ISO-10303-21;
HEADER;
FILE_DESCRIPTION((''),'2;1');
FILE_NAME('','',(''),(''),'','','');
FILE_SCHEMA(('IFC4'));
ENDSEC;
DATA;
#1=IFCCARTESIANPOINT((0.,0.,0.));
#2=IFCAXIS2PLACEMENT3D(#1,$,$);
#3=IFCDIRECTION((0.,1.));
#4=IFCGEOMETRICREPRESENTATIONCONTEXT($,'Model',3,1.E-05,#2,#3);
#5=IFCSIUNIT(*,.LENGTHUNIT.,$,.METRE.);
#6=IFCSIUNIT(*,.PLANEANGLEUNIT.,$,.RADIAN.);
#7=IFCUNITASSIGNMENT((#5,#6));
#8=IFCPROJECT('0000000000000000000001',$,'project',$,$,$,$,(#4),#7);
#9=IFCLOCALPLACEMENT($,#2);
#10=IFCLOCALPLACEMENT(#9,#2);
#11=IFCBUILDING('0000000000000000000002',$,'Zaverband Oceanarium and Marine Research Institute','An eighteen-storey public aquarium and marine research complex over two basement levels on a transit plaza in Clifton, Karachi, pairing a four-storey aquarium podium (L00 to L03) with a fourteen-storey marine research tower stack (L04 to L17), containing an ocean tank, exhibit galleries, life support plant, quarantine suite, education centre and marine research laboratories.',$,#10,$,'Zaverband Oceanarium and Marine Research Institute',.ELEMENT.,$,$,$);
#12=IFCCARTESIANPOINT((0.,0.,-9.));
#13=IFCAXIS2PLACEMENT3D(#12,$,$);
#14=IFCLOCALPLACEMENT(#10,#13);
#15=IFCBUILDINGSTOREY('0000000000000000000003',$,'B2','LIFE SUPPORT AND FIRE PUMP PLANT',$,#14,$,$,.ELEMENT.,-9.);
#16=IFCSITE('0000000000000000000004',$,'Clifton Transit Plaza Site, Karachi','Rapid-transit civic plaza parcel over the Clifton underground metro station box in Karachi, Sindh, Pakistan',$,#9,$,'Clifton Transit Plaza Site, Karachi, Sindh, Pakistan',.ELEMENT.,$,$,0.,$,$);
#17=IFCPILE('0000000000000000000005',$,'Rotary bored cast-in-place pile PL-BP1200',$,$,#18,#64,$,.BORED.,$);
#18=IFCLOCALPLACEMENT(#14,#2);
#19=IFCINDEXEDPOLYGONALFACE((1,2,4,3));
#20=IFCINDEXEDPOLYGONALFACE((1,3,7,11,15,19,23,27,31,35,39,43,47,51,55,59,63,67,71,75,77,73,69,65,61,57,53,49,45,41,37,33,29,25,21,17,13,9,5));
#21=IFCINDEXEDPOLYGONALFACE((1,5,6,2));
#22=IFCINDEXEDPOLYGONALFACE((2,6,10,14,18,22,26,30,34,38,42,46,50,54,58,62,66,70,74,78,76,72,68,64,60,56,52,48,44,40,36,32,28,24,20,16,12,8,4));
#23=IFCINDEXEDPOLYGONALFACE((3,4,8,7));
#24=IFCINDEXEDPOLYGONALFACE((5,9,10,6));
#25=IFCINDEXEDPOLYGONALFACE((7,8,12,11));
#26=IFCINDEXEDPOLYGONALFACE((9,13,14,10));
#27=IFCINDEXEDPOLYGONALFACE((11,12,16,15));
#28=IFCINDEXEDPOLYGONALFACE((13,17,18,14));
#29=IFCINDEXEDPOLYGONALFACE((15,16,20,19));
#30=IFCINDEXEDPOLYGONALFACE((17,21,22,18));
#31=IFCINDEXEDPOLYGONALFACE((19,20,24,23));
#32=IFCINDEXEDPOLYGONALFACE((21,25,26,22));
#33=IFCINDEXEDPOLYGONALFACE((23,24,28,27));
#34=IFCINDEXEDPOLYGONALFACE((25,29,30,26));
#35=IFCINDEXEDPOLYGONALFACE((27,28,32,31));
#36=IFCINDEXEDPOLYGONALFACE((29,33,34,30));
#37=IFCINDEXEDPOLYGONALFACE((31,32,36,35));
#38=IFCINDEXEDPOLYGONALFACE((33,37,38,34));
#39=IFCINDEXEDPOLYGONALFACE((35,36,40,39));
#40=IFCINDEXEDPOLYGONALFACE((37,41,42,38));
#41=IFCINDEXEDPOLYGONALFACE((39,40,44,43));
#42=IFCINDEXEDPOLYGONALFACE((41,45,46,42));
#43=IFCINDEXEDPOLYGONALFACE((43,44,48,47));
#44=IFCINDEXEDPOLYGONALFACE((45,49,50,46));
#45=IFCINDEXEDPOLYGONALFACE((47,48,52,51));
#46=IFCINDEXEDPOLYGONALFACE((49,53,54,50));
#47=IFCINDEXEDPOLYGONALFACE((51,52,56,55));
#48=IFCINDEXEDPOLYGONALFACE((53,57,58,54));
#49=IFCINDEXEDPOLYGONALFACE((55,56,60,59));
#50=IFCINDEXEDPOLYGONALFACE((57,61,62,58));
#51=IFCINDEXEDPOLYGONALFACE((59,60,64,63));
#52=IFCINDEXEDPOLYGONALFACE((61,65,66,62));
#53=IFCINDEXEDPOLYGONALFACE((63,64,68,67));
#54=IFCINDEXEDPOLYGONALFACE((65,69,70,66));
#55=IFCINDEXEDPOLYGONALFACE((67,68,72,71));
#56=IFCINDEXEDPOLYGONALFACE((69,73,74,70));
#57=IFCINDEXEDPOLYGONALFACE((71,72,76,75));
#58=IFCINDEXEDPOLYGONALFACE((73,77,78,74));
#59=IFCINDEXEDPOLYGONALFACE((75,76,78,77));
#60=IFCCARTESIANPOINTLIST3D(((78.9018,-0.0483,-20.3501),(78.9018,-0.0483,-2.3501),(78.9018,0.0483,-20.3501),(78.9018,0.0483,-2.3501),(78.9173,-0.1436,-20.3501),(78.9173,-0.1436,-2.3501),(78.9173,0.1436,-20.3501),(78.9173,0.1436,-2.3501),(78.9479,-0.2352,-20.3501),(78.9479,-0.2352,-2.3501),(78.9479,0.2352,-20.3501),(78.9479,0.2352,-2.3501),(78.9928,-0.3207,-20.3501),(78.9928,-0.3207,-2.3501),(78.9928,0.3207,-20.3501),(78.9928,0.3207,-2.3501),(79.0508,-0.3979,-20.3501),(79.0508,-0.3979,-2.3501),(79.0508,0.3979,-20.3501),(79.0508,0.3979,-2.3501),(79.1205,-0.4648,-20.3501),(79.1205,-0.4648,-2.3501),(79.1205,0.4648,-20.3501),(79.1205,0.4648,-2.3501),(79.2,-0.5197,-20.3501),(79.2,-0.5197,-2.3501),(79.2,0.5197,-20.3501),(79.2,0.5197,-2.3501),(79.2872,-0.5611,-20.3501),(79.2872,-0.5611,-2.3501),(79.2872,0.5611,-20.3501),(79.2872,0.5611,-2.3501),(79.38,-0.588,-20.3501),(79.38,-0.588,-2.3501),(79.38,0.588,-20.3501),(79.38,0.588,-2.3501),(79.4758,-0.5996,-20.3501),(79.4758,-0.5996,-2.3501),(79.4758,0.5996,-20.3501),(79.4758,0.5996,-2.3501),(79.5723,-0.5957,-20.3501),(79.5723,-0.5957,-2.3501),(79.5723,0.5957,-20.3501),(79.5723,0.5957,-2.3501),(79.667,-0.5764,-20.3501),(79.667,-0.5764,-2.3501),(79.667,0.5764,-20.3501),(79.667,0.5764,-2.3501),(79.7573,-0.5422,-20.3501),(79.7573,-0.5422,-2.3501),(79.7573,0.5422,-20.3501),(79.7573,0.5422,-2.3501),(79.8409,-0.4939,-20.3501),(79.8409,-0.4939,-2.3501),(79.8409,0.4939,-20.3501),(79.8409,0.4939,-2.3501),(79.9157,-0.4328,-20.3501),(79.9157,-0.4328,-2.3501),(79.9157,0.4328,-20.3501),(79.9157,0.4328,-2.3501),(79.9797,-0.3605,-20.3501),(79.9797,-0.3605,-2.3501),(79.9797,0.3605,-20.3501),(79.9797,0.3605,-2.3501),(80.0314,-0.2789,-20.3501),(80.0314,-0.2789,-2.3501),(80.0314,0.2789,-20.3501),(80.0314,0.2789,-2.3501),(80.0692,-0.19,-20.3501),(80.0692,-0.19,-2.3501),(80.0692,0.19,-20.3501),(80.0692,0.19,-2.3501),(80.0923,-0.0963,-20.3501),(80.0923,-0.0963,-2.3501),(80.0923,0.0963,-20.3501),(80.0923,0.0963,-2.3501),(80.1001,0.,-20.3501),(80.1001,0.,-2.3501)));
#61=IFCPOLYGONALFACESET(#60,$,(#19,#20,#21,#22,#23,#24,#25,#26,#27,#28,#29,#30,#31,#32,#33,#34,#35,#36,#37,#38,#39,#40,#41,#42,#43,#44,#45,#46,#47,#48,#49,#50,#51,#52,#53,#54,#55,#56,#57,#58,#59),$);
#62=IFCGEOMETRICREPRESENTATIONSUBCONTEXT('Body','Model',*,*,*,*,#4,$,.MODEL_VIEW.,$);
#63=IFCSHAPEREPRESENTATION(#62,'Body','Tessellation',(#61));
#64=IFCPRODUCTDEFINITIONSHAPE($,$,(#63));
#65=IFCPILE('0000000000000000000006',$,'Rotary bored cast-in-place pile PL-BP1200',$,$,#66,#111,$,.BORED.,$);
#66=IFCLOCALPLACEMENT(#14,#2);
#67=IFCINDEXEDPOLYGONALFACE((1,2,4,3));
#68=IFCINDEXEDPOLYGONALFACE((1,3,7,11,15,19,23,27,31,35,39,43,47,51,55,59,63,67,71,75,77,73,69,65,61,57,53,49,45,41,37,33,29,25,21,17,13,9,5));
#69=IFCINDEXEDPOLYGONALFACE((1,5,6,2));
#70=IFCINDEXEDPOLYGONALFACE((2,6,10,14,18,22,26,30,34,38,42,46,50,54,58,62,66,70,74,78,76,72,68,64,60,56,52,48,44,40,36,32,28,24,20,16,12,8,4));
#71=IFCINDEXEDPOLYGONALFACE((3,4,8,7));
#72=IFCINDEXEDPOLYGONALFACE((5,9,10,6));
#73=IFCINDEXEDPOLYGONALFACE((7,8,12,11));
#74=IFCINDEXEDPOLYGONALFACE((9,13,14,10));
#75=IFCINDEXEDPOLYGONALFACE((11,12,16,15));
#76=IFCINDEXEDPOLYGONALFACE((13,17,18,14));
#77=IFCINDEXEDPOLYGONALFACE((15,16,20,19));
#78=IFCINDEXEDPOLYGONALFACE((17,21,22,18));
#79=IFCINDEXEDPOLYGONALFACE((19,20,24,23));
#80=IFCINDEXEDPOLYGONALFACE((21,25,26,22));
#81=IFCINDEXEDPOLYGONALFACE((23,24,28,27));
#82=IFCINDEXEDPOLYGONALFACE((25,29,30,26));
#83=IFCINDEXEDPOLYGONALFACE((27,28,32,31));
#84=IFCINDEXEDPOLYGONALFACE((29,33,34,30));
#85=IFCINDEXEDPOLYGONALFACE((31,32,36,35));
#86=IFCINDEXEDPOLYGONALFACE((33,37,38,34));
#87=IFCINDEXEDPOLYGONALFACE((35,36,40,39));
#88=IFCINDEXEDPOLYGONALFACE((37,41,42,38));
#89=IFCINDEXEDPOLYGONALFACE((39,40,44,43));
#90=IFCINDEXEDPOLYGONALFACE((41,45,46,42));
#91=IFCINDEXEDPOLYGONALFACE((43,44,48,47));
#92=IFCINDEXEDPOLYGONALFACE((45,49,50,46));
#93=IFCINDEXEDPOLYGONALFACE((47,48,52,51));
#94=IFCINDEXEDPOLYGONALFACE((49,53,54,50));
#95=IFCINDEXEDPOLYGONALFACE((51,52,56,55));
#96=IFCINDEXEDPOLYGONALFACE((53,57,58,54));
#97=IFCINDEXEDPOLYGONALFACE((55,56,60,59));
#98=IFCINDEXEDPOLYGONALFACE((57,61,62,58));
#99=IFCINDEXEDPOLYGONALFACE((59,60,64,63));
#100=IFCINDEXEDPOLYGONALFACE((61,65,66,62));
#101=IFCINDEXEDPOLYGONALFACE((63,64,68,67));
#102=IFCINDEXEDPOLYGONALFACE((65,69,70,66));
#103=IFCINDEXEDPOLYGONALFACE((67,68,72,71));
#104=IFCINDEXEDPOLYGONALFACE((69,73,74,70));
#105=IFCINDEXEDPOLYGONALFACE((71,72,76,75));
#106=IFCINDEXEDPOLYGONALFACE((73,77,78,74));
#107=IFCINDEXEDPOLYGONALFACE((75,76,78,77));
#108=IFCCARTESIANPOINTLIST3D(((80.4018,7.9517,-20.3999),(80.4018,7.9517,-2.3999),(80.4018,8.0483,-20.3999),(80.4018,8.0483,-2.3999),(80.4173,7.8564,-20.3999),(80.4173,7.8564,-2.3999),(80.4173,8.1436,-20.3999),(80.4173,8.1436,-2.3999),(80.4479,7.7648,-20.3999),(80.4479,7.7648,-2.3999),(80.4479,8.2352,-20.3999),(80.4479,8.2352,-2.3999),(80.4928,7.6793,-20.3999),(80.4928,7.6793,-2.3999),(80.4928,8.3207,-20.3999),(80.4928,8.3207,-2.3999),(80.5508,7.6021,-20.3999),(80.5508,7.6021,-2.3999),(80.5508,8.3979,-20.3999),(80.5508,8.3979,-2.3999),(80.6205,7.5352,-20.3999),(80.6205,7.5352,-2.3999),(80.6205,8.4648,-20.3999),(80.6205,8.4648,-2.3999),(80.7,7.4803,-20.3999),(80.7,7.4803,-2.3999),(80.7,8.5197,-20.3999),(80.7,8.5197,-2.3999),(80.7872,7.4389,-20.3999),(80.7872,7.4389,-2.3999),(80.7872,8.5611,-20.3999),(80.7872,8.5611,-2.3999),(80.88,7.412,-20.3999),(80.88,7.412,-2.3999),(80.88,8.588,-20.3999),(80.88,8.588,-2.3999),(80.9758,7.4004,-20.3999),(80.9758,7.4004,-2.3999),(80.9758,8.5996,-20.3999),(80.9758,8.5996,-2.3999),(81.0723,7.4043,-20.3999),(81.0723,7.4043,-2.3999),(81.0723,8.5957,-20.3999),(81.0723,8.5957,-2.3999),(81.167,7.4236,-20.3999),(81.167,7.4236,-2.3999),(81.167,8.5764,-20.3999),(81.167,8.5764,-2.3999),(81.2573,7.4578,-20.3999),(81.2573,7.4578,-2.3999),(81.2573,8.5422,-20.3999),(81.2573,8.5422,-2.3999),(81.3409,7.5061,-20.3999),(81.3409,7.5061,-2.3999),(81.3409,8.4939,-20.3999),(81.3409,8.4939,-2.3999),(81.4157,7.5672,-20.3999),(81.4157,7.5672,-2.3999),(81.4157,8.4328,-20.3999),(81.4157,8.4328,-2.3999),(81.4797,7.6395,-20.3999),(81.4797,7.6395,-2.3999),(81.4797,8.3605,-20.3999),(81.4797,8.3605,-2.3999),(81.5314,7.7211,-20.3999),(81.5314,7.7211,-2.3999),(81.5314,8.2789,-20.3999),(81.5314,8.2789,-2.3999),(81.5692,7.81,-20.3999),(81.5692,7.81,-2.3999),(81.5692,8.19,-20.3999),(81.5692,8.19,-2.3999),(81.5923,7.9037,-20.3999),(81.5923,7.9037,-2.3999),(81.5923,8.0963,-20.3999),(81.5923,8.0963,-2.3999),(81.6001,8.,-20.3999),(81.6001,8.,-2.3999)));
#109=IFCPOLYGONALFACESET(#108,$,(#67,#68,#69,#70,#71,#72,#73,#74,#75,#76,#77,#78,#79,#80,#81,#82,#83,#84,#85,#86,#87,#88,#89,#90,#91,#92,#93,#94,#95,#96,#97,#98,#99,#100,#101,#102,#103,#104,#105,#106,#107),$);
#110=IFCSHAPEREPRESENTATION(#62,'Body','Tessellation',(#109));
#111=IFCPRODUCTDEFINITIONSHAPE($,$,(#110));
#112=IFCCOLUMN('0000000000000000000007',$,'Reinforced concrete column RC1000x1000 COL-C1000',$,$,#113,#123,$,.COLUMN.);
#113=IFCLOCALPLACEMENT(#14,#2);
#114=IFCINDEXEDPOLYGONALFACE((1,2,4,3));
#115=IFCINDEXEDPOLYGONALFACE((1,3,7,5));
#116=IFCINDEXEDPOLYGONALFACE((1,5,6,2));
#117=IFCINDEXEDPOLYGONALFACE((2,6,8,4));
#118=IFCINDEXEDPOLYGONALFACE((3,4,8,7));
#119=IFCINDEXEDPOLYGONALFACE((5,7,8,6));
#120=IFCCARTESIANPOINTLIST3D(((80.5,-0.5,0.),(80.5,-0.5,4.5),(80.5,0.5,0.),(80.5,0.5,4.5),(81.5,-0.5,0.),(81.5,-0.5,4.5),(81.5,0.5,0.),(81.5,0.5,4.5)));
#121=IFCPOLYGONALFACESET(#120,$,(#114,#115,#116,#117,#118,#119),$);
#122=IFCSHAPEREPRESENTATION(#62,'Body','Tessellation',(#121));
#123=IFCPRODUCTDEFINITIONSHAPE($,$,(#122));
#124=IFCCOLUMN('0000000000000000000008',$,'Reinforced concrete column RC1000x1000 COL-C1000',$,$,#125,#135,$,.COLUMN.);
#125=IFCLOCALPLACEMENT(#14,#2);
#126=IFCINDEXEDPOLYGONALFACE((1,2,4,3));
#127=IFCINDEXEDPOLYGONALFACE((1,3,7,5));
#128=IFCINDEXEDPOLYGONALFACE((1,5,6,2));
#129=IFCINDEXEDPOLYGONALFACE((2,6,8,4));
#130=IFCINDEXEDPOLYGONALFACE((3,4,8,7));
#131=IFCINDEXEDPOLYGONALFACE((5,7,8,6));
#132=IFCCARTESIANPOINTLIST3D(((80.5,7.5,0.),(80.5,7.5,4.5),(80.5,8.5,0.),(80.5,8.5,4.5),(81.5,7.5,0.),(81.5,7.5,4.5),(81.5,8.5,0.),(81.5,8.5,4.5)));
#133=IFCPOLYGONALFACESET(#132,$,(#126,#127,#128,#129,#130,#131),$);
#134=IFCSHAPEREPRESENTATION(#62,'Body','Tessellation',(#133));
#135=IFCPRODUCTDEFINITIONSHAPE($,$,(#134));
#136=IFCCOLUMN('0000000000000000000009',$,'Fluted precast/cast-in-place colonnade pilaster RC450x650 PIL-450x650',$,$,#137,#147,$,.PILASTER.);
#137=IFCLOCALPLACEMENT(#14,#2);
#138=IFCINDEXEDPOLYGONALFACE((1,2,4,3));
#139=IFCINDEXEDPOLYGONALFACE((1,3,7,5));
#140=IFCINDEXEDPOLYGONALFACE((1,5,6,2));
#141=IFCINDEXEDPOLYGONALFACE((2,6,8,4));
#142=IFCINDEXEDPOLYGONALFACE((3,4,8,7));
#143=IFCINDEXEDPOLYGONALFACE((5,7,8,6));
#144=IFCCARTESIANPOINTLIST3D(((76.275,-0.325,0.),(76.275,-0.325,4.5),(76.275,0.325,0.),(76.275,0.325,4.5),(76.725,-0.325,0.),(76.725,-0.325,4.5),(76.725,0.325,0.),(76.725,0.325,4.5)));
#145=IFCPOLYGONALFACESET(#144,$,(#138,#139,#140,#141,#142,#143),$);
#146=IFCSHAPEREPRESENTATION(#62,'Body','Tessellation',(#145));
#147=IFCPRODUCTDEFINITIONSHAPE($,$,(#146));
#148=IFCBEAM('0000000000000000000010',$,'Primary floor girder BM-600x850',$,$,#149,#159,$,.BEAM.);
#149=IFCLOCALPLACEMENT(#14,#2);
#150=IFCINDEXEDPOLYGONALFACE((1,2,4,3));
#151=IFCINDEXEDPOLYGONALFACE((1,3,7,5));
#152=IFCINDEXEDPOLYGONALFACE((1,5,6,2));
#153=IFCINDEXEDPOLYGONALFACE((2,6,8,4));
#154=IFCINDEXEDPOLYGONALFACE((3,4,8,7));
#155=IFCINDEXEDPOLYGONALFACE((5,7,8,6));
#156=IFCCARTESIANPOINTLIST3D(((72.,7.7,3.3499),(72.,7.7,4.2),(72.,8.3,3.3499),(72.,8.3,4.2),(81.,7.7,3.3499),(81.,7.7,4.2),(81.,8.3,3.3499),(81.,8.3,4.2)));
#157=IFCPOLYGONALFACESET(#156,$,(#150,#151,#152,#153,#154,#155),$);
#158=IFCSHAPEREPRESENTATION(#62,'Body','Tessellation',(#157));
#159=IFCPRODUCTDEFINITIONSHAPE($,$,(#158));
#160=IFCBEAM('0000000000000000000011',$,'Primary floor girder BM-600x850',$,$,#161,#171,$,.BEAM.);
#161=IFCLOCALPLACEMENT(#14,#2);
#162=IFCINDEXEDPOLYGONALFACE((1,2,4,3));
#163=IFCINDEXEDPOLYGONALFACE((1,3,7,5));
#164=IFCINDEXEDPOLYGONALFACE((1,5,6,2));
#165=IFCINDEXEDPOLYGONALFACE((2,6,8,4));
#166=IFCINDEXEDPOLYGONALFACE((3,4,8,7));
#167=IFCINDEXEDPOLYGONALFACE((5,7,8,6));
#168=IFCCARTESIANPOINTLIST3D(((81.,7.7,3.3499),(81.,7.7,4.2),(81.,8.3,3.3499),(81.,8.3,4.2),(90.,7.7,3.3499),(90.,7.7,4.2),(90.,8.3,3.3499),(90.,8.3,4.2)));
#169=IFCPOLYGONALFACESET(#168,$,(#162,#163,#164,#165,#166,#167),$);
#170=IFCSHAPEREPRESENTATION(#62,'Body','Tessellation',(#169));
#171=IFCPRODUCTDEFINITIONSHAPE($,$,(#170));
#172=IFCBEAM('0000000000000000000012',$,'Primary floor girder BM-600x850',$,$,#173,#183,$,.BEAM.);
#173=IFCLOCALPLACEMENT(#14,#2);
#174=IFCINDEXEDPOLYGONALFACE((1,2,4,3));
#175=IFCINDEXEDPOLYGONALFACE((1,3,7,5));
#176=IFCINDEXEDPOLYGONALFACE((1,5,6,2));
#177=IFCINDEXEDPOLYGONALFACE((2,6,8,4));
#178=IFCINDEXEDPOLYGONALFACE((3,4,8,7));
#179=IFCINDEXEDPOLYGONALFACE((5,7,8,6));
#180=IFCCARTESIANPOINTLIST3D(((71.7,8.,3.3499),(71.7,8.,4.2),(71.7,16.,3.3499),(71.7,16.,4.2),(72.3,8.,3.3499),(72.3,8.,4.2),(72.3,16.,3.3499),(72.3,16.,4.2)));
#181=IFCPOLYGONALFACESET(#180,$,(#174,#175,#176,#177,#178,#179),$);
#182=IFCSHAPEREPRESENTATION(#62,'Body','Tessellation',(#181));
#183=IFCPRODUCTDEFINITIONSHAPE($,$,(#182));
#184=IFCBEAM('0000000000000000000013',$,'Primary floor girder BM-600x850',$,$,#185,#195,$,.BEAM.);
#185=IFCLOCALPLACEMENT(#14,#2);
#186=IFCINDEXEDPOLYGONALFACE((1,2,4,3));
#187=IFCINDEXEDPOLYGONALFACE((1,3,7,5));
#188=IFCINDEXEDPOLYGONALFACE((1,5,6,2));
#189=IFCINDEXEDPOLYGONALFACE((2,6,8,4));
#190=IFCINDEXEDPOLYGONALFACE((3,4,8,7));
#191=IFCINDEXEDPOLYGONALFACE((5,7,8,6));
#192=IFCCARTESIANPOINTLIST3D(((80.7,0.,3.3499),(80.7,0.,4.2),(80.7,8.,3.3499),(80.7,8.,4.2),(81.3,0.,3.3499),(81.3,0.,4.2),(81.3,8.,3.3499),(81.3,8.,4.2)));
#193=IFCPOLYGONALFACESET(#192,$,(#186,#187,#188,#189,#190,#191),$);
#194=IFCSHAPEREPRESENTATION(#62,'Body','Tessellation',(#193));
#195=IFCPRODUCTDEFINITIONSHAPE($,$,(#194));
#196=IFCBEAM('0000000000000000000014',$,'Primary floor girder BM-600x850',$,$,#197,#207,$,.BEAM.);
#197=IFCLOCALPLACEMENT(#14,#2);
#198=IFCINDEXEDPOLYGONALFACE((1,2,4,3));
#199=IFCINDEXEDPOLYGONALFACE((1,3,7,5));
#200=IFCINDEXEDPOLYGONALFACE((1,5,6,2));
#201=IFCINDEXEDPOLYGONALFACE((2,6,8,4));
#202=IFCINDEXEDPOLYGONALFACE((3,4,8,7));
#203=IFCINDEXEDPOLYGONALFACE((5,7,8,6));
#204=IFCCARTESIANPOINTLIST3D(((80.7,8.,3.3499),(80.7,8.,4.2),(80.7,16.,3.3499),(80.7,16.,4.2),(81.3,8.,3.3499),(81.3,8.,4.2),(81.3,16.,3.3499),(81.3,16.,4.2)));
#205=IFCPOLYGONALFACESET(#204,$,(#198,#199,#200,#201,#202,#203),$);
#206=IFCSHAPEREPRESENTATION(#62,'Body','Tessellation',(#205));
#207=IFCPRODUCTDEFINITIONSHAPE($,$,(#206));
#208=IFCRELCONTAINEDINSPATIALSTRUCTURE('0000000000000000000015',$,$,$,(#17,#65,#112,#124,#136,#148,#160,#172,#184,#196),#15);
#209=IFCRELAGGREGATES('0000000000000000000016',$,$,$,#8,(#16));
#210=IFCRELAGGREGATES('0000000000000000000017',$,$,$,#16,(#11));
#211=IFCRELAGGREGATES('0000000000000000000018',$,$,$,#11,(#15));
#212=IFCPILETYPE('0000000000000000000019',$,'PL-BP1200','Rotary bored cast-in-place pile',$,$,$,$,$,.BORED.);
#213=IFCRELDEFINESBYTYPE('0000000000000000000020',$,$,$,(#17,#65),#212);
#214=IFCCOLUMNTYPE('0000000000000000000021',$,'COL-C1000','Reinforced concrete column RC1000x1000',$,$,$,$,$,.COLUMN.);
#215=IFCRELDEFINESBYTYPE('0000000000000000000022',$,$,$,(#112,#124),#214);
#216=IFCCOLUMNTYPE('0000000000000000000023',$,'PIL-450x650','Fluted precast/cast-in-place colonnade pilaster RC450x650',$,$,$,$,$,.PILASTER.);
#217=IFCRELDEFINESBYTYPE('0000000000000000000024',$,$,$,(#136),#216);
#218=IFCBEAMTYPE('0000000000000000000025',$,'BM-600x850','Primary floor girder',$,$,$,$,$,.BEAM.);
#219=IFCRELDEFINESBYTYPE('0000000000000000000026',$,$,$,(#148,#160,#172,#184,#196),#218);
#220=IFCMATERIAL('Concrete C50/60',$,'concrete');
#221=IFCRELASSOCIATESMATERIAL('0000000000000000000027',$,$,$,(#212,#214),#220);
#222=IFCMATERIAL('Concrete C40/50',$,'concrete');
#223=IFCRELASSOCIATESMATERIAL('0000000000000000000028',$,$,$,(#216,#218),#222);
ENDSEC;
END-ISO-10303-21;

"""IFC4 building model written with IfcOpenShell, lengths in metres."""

from ifc_helpers import new_model, si_unit, direction, frame, origin, origin_2d, place, context, subcontext, project, spatial, rectangle, circle, extrude, material, material_profile, profile_set, type_object, element, save


model = new_model("IFC4")

# Units and contexts
model_context = context("Model", 3, precision=1e-05, world=origin(), true_north=direction((0.0, 1.0)))
body_context = subcontext(model_context, "Body", "Model", "MODEL_VIEW")
ifc_project = project(units=[si_unit("LENGTHUNIT", "METRE"), si_unit("PLANEANGLEUNIT", "RADIAN")], contexts=[model_context])

# Site, building, storey
site_placement = place(None, origin())
site = spatial("IfcSite", under=ifc_project, at=site_placement, Name="Clifton Transit Plaza Site, Karachi", Description="Rapid-transit civic plaza parcel over the Clifton underground metro station box in Karachi, Sindh, Pakistan", LongName="Clifton Transit Plaza Site, Karachi, Sindh, Pakistan", CompositionType="ELEMENT", RefElevation=0.0)
building_placement = place(site_placement, origin())
building = spatial("IfcBuilding", under=site, at=building_placement, Name="Zaverband Oceanarium and Marine Research Institute", Description="An eighteen-storey public aquarium and marine research complex over two basement levels on a transit plaza in Clifton, Karachi, pairing a four-storey aquarium podium (L00 to L03) with a fourteen-storey marine research tower stack (L04 to L17), containing an ocean tank, exhibit galleries, life support plant, quarantine suite, education centre and marine research laboratories.", LongName="Zaverband Oceanarium and Marine Research Institute", CompositionType="ELEMENT")
storey_placement = place(building_placement, frame((0.0, 0.0, -9.0)))
storey = spatial("IfcBuildingStorey", under=building, at=storey_placement, Name="B2", Description="LIFE SUPPORT AND FIRE PUMP PLANT", CompositionType="ELEMENT", Elevation=-9.0)

# Shared definitions
ifc_material_1 = material(Name="Concrete C50/60", Category="concrete")
ifc_material_2 = material(Name="Concrete C40/50", Category="concrete")

# Piles
ifc_material_profile_1 = material_profile(ifc_material_1, circle(Radius=0.6001, at=origin_2d()), Name="BP1200")
ifc_profile_set_1 = profile_set([ifc_material_profile_1], Name="Concrete C50/60")
pile_type = type_object("IfcPileType", Name="PL-BP1200", Description="Rotary bored cast-in-place pile", PredefinedType="BORED", material=ifc_profile_set_1)
for number, where, z_axis, x_axis, name in (
    (1, (79.5, 0.0, -2.3501), (0.0, 0.0, -1.0), (1.0, 0.0, 0.0), "Rotary bored cast-in-place pile PL-BP1200"),
    (2, (81.0, 8.0, -2.3999), (0.0, 0.0, -1.0), (1.0, 0.0, 0.0), "Rotary bored cast-in-place pile PL-BP1200"),
):
    element("IfcPile", number, at=place(storey_placement, frame(where, z_axis=z_axis, x_axis=x_axis)), inside=storey, type_object=pile_type, Name=name, PredefinedType="BORED", context=body_context, shape_type="SweptSolid", body=[
        extrude(circle(Radius=0.6001, at=origin_2d()), origin(), (0.0, 0.0, 1.0), 18.0),
    ])

# Columns
ifc_material_profile_2 = material_profile(ifc_material_1, rectangle(XDim=1.0, YDim=1.0, at=origin_2d()), Name="RC1000x1000")
ifc_profile_set_2 = profile_set([ifc_material_profile_2], Name="Concrete C50/60")
column_type_1 = type_object("IfcColumnType", Name="COL-C1000", Description="Reinforced concrete column RC1000x1000", PredefinedType="COLUMN", material=ifc_profile_set_2)
for number, where, z_axis, x_axis, name in (
    (3, (81.0, 0.0, 0.0), (0.0, 0.0, 1.0), (1.0, 0.0, 0.0), "Reinforced concrete column RC1000x1000 COL-C1000"),
    (4, (81.0, 8.0, 0.0), (0.0, 0.0, 1.0), (1.0, 0.0, 0.0), "Reinforced concrete column RC1000x1000 COL-C1000"),
):
    element("IfcColumn", number, at=place(storey_placement, frame(where, z_axis=z_axis, x_axis=x_axis)), inside=storey, type_object=column_type_1, Name=name, PredefinedType="COLUMN", context=body_context, shape_type="SweptSolid", body=[
        extrude(rectangle(XDim=1.0, YDim=1.0, at=origin_2d()), origin(), (0.0, 0.0, 1.0), 4.5),
    ])
ifc_material_profile_3 = material_profile(ifc_material_2, rectangle(XDim=0.45, YDim=0.6499, at=origin_2d()), Name="RC450x650")
ifc_profile_set_3 = profile_set([ifc_material_profile_3], Name="Concrete C40/50")
column_type_2 = type_object("IfcColumnType", Name="PIL-450x650", Description="Fluted precast/cast-in-place colonnade pilaster RC450x650", PredefinedType="PILASTER", material=ifc_profile_set_3)
column_placement = place(storey_placement, frame((76.5, 0.0, 0.0), z_axis=(0.0, 0.0, 1.0), x_axis=(1.0, 0.0, 0.0)))
element("IfcColumn", 5, at=column_placement, inside=storey, type_object=column_type_2, Name="Fluted precast/cast-in-place colonnade pilaster RC450x650 PIL-450x650", PredefinedType="PILASTER", context=body_context, shape_type="SweptSolid", body=[
    extrude(rectangle(XDim=0.45, YDim=0.6499, at=origin_2d()), origin(), (0.0, 0.0, 1.0), 4.5),
])

# Beams
ifc_material_profile_4 = material_profile(ifc_material_2, rectangle(XDim=0.6001, YDim=0.8501, at=origin_2d()), Name="RC600x850")
ifc_profile_set_4 = profile_set([ifc_material_profile_4], Name="Concrete C40/50")
beam_type_1 = type_object("IfcBeamType", Name="BM-600x850", Description="Primary floor girder", PredefinedType="BEAM", material=ifc_profile_set_4)
for number, where, z_axis, x_axis, name in (
    (6, (72.0, 8.0, 3.7749), (1.0, 0.0, 0.0), (0.0, 1.0, 0.0), "Primary floor girder BM-600x850"),
    (7, (81.0, 8.0, 3.7749), (1.0, 0.0, 0.0), (0.0, 1.0, 0.0), "Primary floor girder BM-600x850"),
):
    element("IfcBeam", number, at=place(storey_placement, frame(where, z_axis=z_axis, x_axis=x_axis)), inside=storey, type_object=beam_type_1, Name=name, PredefinedType="BEAM", context=body_context, shape_type="SweptSolid", body=[
        extrude(rectangle(XDim=0.6001, YDim=0.8501, at=origin_2d()), origin(), (0.0, 0.0, 1.0), 9.0),
    ])
for number, where, z_axis, x_axis, name in (
    (8, (72.0, 8.0, 3.7749), (0.0, 1.0, 0.0), (-1.0, 0.0, 0.0), "Primary floor girder BM-600x850"),
    (9, (81.0, 0.0, 3.7749), (0.0, 1.0, 0.0), (-1.0, 0.0, 0.0), "Primary floor girder BM-600x850"),
    (10, (81.0, 8.0, 3.7749), (0.0, 1.0, 0.0), (-1.0, 0.0, 0.0), "Primary floor girder BM-600x850"),
):
    element("IfcBeam", number, at=place(storey_placement, frame(where, z_axis=z_axis, x_axis=x_axis)), inside=storey, type_object=beam_type_1, Name=name, PredefinedType="BEAM", context=body_context, shape_type="SweptSolid", body=[
        extrude(rectangle(XDim=0.6001, YDim=0.8501, at=origin_2d()), origin(), (0.0, 0.0, 1.0), 8.0),
    ])

save(model, "model.ifc")
